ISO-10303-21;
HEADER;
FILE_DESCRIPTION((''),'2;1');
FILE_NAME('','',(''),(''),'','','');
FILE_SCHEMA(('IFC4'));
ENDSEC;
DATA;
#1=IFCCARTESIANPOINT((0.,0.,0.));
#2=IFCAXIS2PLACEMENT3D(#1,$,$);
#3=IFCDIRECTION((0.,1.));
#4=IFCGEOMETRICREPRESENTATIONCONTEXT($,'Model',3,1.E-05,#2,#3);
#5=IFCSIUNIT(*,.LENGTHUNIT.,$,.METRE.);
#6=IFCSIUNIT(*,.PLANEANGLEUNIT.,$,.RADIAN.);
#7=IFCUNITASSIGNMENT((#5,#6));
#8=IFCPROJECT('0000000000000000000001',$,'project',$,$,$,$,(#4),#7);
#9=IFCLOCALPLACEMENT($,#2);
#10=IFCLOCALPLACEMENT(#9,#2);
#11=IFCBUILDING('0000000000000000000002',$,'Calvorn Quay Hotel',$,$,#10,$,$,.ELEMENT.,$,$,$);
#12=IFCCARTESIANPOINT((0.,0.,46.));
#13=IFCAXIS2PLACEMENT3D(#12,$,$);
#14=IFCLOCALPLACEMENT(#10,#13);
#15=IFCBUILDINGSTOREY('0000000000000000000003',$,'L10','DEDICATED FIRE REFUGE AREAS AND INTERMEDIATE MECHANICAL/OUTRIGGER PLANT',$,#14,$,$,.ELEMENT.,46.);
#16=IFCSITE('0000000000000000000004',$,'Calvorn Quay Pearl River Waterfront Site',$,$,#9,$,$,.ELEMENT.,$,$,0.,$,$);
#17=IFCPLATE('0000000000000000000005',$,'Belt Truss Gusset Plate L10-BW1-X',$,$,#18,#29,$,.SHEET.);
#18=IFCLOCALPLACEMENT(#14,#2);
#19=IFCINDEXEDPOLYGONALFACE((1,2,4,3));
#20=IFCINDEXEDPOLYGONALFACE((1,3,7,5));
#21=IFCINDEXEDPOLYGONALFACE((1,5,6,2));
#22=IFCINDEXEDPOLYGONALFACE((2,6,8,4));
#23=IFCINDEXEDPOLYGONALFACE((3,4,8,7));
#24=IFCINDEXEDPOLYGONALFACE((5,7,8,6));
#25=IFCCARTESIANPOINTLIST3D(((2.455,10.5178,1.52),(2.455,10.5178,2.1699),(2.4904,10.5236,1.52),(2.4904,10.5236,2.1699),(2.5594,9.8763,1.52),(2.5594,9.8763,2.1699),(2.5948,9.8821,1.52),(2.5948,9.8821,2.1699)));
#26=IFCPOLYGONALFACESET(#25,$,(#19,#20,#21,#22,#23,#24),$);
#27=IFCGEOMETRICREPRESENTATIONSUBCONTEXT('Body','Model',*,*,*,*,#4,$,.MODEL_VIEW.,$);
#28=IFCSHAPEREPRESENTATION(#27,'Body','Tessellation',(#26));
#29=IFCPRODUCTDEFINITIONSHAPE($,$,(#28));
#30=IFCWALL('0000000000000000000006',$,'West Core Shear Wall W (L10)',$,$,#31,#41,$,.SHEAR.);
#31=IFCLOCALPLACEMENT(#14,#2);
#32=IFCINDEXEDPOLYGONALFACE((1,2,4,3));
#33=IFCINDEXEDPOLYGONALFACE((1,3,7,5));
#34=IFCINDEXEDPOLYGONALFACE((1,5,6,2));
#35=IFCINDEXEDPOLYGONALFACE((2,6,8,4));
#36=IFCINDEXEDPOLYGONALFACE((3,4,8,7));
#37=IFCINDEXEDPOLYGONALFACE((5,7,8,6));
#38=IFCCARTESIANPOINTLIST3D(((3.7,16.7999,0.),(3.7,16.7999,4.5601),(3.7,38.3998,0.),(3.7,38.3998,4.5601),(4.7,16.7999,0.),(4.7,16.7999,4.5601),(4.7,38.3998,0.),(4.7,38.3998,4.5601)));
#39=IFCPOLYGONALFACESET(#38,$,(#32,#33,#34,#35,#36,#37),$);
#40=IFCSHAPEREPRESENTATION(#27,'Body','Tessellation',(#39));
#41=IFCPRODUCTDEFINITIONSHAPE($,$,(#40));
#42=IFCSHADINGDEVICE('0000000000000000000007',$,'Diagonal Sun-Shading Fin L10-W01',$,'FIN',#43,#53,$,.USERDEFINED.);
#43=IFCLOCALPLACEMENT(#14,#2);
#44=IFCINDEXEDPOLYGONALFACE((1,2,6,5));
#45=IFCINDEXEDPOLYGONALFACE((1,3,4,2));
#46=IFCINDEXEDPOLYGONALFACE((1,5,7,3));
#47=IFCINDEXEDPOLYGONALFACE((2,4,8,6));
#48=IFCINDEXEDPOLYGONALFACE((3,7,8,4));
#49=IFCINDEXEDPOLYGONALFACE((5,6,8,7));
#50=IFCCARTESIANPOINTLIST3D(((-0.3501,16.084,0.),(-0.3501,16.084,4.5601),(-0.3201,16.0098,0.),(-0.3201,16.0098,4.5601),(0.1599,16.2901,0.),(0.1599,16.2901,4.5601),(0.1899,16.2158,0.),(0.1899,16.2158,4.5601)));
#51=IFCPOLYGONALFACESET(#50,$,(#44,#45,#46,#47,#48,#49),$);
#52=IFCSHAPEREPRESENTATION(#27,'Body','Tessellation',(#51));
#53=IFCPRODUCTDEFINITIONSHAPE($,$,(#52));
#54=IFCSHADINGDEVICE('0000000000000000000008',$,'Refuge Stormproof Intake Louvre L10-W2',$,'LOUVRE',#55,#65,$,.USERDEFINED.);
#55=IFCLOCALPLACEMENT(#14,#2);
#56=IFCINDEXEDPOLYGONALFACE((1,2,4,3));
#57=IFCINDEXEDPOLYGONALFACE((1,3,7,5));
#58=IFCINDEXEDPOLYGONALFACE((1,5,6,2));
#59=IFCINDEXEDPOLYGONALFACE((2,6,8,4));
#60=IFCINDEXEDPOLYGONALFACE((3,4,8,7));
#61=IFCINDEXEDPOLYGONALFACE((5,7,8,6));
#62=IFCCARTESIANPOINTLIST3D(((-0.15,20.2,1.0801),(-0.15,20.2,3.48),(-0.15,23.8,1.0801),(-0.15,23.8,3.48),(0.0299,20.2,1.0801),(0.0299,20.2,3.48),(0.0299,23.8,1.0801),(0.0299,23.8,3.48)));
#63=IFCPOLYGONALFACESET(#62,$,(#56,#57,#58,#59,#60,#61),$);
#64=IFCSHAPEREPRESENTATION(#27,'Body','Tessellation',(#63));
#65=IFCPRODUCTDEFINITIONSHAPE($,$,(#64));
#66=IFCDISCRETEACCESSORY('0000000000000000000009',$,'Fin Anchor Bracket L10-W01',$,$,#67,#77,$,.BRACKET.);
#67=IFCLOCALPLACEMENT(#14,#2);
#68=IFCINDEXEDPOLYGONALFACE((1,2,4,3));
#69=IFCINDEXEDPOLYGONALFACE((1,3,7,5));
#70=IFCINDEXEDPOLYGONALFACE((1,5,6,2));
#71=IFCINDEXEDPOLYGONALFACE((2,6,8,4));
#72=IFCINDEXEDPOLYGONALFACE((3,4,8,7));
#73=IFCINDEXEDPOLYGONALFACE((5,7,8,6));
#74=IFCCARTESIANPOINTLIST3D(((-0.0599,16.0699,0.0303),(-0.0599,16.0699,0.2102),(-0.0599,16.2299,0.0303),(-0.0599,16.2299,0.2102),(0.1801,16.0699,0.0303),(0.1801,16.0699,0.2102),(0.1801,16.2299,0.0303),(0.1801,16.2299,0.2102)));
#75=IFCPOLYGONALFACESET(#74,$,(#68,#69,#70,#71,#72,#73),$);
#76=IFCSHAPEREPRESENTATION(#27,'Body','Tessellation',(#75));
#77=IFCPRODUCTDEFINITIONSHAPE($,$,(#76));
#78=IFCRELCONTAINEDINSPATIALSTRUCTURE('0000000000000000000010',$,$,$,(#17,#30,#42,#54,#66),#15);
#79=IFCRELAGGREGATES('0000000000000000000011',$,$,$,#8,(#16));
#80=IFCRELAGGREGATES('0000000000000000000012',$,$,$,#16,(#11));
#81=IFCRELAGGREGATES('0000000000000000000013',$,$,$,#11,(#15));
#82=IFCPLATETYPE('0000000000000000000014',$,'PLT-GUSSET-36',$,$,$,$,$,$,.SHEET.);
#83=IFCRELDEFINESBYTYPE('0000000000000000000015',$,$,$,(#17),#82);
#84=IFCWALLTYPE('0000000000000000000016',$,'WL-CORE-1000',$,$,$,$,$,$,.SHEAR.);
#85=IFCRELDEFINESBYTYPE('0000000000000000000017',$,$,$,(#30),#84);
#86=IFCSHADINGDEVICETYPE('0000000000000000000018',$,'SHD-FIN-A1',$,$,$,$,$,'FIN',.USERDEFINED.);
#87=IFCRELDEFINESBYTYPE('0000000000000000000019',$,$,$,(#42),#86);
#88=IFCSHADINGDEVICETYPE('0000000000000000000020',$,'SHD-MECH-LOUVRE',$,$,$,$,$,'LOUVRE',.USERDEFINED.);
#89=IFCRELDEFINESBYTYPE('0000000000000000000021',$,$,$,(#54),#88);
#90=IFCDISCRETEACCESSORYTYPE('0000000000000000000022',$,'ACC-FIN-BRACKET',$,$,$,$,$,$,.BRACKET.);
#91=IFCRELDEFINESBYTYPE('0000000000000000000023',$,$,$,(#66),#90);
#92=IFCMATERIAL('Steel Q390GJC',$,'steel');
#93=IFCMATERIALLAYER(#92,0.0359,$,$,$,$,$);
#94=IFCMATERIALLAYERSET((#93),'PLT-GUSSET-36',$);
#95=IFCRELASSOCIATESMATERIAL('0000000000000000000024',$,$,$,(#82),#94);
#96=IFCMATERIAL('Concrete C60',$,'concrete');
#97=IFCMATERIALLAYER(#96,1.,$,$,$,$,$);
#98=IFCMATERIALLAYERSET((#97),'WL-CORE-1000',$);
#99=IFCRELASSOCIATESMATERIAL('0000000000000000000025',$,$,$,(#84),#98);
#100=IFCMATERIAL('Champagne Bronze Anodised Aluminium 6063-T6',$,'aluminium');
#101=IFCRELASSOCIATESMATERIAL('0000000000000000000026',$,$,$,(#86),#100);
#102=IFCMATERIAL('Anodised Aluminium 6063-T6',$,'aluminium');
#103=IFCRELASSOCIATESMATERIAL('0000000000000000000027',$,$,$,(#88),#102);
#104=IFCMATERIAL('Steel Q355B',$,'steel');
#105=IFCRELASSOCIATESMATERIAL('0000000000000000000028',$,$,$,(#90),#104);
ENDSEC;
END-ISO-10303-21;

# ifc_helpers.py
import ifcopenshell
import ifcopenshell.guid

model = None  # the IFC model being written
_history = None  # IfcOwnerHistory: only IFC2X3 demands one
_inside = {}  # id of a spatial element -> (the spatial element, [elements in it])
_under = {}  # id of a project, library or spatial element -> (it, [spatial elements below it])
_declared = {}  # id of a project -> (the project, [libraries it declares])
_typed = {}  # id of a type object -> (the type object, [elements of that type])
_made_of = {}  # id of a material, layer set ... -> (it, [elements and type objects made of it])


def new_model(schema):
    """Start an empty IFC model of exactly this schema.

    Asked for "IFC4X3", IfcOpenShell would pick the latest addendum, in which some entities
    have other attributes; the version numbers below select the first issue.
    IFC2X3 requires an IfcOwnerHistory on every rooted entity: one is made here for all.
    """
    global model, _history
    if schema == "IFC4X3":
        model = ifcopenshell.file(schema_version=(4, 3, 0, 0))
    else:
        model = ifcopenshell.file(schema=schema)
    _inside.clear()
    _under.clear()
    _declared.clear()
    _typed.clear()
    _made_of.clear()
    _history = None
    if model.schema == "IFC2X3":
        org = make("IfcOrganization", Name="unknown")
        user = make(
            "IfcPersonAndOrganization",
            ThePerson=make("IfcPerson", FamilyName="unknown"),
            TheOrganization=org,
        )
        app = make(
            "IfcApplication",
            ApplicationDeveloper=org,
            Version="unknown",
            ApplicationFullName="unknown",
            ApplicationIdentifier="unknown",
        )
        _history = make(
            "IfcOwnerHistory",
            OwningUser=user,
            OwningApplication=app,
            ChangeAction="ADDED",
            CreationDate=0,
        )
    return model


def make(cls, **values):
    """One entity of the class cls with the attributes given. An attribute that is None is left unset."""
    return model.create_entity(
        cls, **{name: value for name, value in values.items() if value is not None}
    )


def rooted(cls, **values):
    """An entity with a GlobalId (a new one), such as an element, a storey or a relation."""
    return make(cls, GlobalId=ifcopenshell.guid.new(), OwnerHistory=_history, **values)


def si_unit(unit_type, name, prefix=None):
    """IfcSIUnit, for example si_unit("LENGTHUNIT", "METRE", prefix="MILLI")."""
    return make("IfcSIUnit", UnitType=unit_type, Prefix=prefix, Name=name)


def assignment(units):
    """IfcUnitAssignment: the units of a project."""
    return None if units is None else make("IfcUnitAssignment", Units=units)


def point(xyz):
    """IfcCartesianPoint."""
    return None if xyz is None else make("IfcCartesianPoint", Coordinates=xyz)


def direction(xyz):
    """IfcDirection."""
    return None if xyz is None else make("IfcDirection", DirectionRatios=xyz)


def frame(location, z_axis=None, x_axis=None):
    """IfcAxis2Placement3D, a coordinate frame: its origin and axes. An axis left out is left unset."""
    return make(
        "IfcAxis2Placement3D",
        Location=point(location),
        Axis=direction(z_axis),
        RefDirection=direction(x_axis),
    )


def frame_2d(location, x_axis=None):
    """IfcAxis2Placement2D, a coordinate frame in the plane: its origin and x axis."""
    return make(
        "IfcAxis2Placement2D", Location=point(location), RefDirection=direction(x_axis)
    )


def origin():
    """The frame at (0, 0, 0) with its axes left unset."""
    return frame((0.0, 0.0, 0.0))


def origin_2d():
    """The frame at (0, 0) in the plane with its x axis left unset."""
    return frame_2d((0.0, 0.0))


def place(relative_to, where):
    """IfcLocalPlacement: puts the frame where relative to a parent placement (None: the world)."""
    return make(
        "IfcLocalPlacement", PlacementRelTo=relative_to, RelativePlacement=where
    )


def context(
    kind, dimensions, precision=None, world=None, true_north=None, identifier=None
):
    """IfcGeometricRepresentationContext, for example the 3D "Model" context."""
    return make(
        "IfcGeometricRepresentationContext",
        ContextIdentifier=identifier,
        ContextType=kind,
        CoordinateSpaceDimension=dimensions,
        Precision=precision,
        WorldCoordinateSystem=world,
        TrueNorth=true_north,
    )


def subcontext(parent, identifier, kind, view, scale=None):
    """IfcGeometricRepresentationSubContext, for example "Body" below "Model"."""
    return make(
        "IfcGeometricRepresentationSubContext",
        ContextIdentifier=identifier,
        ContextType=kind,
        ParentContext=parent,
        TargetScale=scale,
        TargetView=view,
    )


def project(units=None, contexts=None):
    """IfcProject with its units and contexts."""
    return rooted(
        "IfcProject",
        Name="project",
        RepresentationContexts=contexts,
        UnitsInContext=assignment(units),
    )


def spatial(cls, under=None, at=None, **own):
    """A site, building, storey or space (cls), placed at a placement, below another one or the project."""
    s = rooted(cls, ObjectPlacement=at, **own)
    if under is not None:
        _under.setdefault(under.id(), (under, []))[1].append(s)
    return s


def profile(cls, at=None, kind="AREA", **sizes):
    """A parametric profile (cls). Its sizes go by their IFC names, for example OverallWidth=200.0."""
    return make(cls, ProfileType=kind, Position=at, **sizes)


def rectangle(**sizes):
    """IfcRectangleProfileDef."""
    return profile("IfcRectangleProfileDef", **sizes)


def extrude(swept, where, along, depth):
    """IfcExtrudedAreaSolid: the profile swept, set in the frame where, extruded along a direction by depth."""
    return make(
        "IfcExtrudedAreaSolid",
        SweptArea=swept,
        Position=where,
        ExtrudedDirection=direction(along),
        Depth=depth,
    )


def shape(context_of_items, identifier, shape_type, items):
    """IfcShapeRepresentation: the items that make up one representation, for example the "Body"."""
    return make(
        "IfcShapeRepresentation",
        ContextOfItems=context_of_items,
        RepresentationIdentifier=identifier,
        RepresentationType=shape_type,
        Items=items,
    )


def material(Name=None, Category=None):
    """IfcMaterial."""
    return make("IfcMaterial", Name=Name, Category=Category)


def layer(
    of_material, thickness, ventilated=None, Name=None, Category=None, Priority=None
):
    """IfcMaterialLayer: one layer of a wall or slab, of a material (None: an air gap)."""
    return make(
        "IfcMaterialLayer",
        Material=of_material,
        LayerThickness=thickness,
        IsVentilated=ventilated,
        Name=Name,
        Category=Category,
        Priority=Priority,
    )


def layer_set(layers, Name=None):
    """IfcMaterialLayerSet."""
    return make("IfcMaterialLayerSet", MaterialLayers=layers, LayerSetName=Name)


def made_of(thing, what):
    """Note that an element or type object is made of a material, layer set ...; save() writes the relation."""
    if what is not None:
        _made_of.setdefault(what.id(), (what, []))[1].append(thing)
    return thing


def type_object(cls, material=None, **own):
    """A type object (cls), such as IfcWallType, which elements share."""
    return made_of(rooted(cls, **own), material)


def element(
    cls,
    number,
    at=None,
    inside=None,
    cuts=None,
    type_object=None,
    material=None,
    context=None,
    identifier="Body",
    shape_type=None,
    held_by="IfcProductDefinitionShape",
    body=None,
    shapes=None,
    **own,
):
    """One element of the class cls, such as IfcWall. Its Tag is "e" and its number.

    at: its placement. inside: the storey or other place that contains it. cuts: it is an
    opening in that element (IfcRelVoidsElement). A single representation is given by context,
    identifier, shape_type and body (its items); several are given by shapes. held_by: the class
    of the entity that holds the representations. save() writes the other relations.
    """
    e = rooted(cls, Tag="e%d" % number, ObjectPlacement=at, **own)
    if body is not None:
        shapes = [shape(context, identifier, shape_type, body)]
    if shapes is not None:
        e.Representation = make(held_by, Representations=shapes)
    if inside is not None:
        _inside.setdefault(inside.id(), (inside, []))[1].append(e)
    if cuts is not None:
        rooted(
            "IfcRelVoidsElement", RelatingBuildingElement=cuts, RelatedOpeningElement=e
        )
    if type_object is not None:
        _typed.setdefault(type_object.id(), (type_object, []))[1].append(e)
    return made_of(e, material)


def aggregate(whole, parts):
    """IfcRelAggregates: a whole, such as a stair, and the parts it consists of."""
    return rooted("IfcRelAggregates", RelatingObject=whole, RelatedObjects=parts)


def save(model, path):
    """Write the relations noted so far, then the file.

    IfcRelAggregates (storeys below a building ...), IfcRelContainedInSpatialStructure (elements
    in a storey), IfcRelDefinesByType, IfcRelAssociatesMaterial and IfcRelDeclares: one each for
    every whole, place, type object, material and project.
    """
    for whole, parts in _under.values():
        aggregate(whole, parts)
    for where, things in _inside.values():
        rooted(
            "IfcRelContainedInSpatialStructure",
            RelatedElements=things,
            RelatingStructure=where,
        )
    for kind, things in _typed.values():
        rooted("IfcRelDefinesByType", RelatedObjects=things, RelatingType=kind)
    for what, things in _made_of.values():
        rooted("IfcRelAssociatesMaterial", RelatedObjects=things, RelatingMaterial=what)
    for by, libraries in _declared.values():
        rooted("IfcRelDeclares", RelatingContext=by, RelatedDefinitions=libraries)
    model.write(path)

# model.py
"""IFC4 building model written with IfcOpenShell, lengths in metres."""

from ifc_helpers import new_model, si_unit, direction, frame, frame_2d, origin, origin_2d, place, context, subcontext, project, spatial, rectangle, extrude, material, layer, layer_set, type_object, element, save


model = new_model("IFC4")

# Units and contexts
model_context = context("Model", 3, precision=1e-05, world=origin(), true_north=direction((0.0, 1.0)))
body_context = subcontext(model_context, "Body", "Model", "MODEL_VIEW")
ifc_project = project(units=[si_unit("LENGTHUNIT", "METRE"), si_unit("PLANEANGLEUNIT", "RADIAN")], contexts=[model_context])

# Site, building, storey
site_placement = place(None, origin())
site = spatial("IfcSite", under=ifc_project, at=site_placement, Name="Calvorn Quay Pearl River Waterfront Site", CompositionType="ELEMENT", RefElevation=0.0)
building_placement = place(site_placement, origin())
building = spatial("IfcBuilding", under=site, at=building_placement, Name="Calvorn Quay Hotel", CompositionType="ELEMENT")
storey_placement = place(building_placement, frame((0.0, 0.0, 46.0)))
storey = spatial("IfcBuildingStorey", under=building, at=storey_placement, Name="L10", Description="DEDICATED FIRE REFUGE AREAS AND INTERMEDIATE MECHANICAL/OUTRIGGER PLANT", CompositionType="ELEMENT", Elevation=46.0)

# Plate
ifc_material_1 = material(Name="Steel Q390GJC", Category="steel")
ifc_layer_1 = layer(ifc_material_1, 0.0359)
ifc_layer_set_1 = layer_set([ifc_layer_1], Name="PLT-GUSSET-36")
plate_type = type_object("IfcPlateType", Name="PLT-GUSSET-36", PredefinedType="SHEET", material=ifc_layer_set_1)
plate_placement = place(storey_placement, frame((2.5249, 10.2, 1.52), z_axis=(0.0, 0.0, 1.0), x_axis=(-0.160743, 0.986996, 0.0)))
element("IfcPlate", 1, at=plate_placement, inside=storey, type_object=plate_type, Name="Belt Truss Gusset Plate L10-BW1-X", PredefinedType="SHEET", context=body_context, shape_type="SweptSolid", body=[
    extrude(rectangle(XDim=0.6499, YDim=0.0359, at=origin_2d()), origin(), (0.0, 0.0, 1.0), 0.6499),
])

# Wall
ifc_material_2 = material(Name="Concrete C60", Category="concrete")
ifc_layer_2 = layer(ifc_material_2, 1.0)
ifc_layer_set_2 = layer_set([ifc_layer_2], Name="WL-CORE-1000")
wall_type = type_object("IfcWallType", Name="WL-CORE-1000", PredefinedType="SHEAR", material=ifc_layer_set_2)
wall_placement = place(storey_placement, frame((4.2, 16.8, 0.0), z_axis=(0.0, 0.0, 1.0), x_axis=(0.0, 1.0, 0.0)))
element("IfcWall", 2, at=wall_placement, inside=storey, type_object=wall_type, Name="West Core Shear Wall W (L10)", PredefinedType="SHEAR", context=body_context, shape_type="SweptSolid", body=[
    extrude(rectangle(XDim=21.5999, YDim=1.0, at=frame_2d((10.7998, 0.0))), origin(), (0.0, 0.0, 1.0), 4.5601),
])

# Shading devices
ifc_material_3 = material(Name="Champagne Bronze Anodised Aluminium 6063-T6", Category="aluminium")
shading_device_type_1 = type_object("IfcShadingDeviceType", Name="SHD-FIN-A1", ElementType="FIN", PredefinedType="USERDEFINED", material=ifc_material_3)
shading_device_1_placement = place(storey_placement, frame((-0.0801, 16.1499, 0.0), z_axis=(0.0, 0.0, 1.0), x_axis=(0.927184, 0.374607, 0.0)))
element("IfcShadingDevice", 3, at=shading_device_1_placement, inside=storey, type_object=shading_device_type_1, Name="Diagonal Sun-Shading Fin L10-W01", ObjectType="FIN", PredefinedType="USERDEFINED", context=body_context, shape_type="SweptSolid", body=[
    extrude(rectangle(XDim=0.55, YDim=0.0801, at=origin_2d()), origin(), (0.0, 0.0, 1.0), 4.5601),
])
ifc_material_4 = material(Name="Anodised Aluminium 6063-T6", Category="aluminium")
shading_device_type_2 = type_object("IfcShadingDeviceType", Name="SHD-MECH-LOUVRE", ElementType="LOUVRE", PredefinedType="USERDEFINED", material=ifc_material_4)
shading_device_2_placement = place(storey_placement, frame((-0.0601, 22.0, 1.0801), z_axis=(0.0, 0.0, 1.0), x_axis=(1.0, 0.0, 0.0)))
element("IfcShadingDevice", 4, at=shading_device_2_placement, inside=storey, type_object=shading_device_type_2, Name="Refuge Stormproof Intake Louvre L10-W2", ObjectType="LOUVRE", PredefinedType="USERDEFINED", context=body_context, shape_type="SweptSolid", body=[
    extrude(rectangle(XDim=0.1799, YDim=3.6001, at=origin_2d()), origin(), (0.0, 0.0, 1.0), 2.3999),
])

# Discrete accessory
ifc_material_5 = material(Name="Steel Q355B", Category="steel")
discrete_accessory_type = type_object("IfcDiscreteAccessoryType", Name="ACC-FIN-BRACKET", PredefinedType="BRACKET", material=ifc_material_5)
discrete_accessory_placement = place(storey_placement, frame((0.0601, 16.1499, 0.0303), z_axis=(0.0, 0.0, 1.0), x_axis=(1.0, 0.0, 0.0)))
element("IfcDiscreteAccessory", 5, at=discrete_accessory_placement, inside=storey, type_object=discrete_accessory_type, Name="Fin Anchor Bracket L10-W01", PredefinedType="BRACKET", context=body_context, shape_type="SweptSolid", body=[
    extrude(rectangle(XDim=0.24, YDim=0.1599, at=origin_2d()), origin(), (0.0, 0.0, 1.0), 0.1799),
])

save(model, "model.ifc")
